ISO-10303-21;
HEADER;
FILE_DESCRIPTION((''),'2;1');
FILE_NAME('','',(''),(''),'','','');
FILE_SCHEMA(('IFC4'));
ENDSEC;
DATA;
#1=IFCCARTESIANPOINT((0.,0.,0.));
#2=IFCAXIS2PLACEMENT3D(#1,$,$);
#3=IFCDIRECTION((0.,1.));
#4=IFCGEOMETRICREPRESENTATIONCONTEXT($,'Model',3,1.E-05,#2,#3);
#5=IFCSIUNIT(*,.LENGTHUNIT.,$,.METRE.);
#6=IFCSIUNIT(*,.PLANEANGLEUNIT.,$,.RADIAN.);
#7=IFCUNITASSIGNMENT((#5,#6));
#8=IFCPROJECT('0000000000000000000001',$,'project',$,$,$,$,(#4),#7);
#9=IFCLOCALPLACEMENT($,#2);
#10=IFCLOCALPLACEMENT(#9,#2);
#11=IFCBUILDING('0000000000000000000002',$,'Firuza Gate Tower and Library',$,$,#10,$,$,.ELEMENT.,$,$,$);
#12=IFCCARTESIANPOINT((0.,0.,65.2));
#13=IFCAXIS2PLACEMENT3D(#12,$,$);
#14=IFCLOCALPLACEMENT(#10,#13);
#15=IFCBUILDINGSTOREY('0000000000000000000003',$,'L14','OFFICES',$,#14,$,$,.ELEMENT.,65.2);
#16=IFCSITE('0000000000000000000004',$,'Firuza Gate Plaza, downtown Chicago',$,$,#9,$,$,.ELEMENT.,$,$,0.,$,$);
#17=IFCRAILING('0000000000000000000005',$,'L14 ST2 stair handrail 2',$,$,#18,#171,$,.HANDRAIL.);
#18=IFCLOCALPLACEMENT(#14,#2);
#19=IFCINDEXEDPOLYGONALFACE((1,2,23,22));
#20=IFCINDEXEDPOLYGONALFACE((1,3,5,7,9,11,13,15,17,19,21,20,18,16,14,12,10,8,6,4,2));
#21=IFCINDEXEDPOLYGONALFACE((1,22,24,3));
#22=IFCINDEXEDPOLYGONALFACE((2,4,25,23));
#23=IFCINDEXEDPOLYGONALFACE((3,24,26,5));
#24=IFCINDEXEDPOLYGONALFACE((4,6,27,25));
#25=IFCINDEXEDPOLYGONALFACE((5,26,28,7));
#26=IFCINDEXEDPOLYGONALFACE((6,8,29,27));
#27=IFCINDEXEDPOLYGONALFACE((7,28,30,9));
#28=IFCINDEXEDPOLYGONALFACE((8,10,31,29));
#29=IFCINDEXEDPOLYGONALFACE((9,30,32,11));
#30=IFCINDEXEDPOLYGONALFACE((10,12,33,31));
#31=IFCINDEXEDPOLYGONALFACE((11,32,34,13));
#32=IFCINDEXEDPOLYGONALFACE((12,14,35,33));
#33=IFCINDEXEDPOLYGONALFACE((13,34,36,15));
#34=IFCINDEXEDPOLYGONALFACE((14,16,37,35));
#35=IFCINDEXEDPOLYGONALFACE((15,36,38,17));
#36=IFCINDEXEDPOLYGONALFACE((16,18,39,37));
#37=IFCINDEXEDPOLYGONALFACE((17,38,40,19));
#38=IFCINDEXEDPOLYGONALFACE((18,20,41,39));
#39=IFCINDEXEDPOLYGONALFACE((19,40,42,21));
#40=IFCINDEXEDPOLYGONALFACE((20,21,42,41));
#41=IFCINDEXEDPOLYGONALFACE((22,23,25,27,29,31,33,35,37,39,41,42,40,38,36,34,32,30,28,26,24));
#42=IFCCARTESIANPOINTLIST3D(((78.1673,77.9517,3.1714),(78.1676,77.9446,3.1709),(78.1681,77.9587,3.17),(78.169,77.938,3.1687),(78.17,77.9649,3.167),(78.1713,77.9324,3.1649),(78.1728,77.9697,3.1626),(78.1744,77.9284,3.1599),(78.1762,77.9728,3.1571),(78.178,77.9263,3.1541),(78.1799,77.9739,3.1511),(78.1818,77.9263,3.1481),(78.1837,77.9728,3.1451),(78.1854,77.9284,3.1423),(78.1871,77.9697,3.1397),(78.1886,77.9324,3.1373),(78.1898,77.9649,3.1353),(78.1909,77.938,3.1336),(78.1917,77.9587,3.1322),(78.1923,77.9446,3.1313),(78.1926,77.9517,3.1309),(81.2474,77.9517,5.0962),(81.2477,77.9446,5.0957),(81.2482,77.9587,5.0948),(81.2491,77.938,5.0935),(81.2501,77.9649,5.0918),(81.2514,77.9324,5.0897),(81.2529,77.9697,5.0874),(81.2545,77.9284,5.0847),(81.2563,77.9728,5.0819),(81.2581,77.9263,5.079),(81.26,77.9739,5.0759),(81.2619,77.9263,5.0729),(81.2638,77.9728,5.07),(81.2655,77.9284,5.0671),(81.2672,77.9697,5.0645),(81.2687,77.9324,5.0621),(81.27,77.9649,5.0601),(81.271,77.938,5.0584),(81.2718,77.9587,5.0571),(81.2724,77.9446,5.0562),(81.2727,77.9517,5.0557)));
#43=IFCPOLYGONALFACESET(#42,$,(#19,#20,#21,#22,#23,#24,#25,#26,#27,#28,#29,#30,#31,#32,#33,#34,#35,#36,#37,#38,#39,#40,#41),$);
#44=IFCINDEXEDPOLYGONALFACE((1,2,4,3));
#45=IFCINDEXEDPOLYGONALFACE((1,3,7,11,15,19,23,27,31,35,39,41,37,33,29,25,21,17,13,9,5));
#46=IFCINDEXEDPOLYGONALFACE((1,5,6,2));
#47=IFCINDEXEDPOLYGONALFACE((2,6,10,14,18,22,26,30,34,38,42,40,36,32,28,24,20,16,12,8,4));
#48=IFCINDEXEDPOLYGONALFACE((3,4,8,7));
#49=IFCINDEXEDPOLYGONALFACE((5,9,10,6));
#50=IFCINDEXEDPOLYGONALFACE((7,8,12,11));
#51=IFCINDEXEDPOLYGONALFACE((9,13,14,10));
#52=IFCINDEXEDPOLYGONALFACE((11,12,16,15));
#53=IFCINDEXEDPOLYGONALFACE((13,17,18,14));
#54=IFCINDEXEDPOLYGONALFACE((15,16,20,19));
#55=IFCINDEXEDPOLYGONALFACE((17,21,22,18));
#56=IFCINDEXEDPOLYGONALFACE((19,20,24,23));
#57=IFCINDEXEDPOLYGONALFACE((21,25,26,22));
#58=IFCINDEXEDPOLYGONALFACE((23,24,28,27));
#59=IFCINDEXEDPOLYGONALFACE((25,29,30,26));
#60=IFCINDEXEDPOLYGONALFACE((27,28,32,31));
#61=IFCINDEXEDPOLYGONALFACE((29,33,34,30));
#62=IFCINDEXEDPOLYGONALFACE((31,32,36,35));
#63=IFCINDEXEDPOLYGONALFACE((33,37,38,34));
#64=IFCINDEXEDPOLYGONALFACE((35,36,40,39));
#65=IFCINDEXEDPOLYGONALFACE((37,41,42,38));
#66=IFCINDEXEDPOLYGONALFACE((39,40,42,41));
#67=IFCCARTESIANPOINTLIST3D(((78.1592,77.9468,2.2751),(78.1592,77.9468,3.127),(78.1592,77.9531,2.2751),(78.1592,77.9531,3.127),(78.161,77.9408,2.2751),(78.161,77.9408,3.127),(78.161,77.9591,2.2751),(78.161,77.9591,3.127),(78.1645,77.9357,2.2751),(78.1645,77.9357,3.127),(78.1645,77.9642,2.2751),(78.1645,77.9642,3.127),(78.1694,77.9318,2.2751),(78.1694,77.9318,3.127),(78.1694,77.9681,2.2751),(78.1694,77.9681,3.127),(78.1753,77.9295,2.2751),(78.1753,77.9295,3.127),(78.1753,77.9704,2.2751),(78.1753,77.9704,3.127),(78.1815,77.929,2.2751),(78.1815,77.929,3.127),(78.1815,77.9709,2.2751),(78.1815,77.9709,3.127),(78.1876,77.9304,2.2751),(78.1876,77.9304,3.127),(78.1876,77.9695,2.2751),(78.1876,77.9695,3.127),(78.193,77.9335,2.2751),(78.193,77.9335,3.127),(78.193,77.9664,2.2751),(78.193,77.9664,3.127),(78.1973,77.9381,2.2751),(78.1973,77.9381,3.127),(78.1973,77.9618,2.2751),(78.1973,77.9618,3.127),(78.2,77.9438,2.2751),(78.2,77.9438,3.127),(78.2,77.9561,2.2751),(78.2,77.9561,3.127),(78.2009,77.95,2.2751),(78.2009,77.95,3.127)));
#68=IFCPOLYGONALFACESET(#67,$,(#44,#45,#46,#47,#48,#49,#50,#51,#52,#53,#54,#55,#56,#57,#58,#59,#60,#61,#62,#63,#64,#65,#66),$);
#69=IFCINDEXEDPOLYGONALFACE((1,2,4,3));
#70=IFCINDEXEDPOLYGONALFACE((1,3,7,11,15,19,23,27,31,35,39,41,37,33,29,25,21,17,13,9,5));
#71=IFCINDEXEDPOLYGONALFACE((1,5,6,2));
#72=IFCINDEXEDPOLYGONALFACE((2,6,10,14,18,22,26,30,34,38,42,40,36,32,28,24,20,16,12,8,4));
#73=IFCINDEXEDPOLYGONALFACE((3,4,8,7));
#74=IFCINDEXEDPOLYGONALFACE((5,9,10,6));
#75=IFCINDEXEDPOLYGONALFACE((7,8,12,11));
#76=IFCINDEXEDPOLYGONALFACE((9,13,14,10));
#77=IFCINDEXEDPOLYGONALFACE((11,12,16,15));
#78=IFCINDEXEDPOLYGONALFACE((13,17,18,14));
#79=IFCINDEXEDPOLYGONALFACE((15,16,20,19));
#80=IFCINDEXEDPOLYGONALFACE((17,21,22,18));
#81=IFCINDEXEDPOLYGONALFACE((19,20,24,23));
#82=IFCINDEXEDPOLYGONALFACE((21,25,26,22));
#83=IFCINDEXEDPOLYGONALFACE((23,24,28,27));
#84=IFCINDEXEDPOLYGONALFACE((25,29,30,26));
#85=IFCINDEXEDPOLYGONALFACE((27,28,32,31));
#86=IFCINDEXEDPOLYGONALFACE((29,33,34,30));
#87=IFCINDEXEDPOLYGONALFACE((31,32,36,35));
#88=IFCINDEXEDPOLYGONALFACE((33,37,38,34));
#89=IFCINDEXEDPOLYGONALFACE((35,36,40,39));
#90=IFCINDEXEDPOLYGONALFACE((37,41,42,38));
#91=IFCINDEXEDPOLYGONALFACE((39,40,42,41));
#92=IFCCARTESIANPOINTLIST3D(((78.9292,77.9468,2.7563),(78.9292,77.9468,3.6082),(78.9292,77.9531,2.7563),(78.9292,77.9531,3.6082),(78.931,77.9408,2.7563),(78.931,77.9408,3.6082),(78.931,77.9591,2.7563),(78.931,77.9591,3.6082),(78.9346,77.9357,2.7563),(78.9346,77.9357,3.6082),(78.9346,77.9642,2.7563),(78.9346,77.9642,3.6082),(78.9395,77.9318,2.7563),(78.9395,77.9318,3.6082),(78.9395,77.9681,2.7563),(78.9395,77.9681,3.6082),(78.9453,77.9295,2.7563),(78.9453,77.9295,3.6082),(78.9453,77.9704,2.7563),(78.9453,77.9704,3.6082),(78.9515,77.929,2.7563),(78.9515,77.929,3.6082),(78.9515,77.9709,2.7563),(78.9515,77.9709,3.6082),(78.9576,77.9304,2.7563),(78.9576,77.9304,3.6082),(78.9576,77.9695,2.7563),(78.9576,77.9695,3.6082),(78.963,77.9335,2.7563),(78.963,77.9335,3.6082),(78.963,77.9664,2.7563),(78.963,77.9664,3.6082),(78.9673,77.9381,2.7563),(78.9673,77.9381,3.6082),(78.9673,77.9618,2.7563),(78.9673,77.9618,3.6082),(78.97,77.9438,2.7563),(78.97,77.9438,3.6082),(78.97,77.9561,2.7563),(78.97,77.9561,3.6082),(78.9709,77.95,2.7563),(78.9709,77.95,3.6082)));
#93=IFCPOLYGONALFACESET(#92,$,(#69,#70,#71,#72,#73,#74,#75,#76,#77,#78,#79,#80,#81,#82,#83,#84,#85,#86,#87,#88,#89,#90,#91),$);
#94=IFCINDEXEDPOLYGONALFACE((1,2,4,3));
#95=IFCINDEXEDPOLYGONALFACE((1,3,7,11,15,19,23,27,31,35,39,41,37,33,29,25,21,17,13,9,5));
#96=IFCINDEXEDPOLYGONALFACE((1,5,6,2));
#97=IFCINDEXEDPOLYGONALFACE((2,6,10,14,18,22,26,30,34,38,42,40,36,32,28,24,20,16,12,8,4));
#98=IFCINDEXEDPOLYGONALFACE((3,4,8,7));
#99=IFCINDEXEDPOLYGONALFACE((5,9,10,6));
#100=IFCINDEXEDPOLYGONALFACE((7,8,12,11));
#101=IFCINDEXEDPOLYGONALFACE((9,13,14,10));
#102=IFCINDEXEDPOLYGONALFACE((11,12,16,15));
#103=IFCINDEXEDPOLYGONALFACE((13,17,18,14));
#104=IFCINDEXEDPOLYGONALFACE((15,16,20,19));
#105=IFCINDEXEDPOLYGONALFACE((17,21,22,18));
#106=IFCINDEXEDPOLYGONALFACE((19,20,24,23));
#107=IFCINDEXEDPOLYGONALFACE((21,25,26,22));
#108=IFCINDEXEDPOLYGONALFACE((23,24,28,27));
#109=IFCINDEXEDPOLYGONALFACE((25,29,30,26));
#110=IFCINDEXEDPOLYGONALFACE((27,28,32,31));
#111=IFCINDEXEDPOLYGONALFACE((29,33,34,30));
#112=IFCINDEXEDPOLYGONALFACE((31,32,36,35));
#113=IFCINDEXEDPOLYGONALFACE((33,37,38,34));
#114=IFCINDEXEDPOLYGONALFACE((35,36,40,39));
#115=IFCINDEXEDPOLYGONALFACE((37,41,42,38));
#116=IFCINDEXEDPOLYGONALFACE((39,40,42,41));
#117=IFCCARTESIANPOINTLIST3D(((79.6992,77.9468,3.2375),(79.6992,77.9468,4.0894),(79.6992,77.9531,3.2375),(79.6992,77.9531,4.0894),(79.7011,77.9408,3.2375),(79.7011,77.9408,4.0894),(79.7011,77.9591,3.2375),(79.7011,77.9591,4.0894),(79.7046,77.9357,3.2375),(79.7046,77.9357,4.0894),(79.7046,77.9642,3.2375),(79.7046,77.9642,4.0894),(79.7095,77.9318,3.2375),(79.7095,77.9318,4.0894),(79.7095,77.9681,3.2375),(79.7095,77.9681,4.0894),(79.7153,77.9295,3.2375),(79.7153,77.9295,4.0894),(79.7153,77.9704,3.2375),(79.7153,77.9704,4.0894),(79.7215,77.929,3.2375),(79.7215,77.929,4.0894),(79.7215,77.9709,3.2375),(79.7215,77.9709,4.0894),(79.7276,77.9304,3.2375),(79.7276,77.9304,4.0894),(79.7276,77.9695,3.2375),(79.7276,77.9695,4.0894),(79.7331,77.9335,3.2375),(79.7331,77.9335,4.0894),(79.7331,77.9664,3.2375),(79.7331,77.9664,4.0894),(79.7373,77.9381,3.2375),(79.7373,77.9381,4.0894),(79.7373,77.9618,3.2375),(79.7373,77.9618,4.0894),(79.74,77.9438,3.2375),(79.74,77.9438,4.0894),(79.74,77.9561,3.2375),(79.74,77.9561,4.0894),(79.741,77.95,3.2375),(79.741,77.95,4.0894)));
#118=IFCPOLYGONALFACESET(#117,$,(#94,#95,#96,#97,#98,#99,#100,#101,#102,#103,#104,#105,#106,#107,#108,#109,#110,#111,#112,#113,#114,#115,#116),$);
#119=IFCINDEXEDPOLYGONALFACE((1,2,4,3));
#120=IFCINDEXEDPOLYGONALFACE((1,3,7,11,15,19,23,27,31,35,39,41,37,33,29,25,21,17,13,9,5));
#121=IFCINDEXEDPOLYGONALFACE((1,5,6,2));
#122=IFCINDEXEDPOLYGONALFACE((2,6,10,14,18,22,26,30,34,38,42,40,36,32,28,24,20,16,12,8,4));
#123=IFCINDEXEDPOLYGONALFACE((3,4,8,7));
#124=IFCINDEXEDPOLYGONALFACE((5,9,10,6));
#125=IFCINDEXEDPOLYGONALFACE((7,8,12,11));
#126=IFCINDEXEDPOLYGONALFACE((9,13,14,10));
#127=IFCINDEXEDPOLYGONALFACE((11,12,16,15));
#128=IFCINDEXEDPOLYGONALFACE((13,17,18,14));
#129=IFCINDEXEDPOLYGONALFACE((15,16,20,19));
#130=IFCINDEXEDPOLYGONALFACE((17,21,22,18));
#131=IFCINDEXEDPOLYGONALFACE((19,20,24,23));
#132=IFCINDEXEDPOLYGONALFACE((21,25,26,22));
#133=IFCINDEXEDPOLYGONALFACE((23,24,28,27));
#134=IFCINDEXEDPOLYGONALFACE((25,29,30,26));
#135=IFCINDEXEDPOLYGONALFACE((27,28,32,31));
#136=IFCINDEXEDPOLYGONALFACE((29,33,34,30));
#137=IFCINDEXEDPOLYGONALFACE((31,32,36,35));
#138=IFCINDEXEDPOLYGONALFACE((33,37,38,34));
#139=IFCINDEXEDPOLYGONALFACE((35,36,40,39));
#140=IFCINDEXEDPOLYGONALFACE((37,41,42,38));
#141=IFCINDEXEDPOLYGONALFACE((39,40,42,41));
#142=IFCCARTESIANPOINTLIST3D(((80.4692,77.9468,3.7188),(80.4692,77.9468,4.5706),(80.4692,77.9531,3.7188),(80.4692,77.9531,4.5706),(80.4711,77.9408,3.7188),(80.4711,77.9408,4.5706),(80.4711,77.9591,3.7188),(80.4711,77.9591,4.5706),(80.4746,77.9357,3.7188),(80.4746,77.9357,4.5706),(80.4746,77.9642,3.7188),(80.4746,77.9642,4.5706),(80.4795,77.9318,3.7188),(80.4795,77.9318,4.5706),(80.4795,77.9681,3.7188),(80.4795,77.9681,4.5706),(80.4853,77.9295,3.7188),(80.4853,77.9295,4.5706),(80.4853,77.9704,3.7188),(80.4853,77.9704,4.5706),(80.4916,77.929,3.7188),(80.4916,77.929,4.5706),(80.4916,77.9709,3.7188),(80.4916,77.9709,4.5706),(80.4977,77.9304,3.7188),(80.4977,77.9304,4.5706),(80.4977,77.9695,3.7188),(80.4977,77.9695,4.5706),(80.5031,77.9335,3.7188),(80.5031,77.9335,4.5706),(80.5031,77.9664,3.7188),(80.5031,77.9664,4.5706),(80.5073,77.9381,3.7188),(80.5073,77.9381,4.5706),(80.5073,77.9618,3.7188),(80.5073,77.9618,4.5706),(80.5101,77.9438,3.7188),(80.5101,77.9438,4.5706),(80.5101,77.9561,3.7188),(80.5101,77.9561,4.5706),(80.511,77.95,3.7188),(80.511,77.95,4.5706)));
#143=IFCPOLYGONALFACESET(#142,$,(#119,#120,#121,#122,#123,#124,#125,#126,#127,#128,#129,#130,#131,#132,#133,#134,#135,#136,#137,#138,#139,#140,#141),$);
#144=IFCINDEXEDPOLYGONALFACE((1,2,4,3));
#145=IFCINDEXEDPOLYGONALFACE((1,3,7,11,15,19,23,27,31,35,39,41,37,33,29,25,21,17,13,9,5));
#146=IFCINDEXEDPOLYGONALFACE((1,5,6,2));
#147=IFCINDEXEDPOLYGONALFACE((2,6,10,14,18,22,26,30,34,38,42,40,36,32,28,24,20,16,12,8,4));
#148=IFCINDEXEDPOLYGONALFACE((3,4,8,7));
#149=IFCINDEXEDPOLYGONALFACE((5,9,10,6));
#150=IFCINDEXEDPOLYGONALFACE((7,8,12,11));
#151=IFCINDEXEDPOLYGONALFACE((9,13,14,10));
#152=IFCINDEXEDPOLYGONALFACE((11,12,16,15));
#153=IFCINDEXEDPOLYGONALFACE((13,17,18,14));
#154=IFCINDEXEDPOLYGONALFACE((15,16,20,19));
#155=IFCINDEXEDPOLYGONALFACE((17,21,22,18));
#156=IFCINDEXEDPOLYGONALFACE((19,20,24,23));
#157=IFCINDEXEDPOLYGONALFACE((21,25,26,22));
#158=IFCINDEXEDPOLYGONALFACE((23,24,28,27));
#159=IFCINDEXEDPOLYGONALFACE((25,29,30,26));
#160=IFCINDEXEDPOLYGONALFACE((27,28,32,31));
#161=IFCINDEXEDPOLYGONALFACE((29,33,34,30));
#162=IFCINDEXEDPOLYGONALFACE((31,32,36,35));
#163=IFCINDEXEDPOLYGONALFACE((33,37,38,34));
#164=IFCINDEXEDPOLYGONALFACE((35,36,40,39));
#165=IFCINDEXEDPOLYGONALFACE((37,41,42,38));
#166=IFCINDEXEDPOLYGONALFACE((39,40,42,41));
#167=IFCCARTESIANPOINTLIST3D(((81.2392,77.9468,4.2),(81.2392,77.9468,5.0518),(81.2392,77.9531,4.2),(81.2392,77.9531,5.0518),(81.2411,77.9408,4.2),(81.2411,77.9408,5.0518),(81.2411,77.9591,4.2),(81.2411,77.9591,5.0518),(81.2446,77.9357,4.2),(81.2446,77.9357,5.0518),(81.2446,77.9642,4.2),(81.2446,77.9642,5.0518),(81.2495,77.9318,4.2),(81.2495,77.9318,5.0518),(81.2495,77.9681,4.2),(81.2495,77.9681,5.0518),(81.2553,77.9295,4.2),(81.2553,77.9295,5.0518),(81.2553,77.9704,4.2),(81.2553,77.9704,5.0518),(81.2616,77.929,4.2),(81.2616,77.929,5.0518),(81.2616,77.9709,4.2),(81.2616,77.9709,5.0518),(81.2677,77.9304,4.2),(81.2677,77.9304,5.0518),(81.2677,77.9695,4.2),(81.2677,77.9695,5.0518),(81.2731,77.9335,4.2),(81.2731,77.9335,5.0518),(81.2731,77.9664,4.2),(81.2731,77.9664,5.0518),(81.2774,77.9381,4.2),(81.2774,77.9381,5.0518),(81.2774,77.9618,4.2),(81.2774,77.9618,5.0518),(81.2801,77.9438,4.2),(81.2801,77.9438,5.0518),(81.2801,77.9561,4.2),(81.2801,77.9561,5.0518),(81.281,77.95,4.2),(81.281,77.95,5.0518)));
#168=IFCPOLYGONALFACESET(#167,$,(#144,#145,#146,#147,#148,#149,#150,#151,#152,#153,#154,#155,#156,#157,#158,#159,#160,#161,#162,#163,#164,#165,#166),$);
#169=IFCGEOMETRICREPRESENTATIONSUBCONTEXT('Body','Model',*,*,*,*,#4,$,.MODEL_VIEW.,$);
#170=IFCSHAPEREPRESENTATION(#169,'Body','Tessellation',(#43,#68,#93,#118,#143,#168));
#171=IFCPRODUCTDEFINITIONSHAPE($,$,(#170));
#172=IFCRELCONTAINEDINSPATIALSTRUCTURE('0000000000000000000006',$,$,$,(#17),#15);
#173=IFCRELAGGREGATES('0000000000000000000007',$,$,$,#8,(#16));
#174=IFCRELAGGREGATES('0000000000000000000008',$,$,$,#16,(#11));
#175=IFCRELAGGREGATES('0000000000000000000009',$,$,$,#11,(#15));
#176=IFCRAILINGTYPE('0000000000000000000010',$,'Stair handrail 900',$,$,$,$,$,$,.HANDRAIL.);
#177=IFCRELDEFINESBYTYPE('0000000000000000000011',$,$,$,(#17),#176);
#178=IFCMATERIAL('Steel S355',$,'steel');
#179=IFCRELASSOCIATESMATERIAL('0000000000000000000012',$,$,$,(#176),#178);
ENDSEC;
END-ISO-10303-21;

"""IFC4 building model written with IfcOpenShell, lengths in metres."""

from ifc_helpers import new_model, si_unit, direction, frame, origin, origin_2d, place, context, subcontext, project, spatial, circle, extrude, material, type_object, element, save


model = new_model("IFC4")

# Units and contexts
model_context = context("Model", 3, precision=1e-05, world=origin(), true_north=direction((0.0, 1.0)))
body_context = subcontext(model_context, "Body", "Model", "MODEL_VIEW")
ifc_project = project(units=[si_unit("LENGTHUNIT", "METRE"), si_unit("PLANEANGLEUNIT", "RADIAN")], contexts=[model_context])

# Site, building, storey
site_placement = place(None, origin())
site = spatial("IfcSite", under=ifc_project, at=site_placement, Name="Firuza Gate Plaza, downtown Chicago", CompositionType="ELEMENT", RefElevation=0.0)
building_placement = place(site_placement, origin())
building = spatial("IfcBuilding", under=site, at=building_placement, Name="Firuza Gate Tower and Library", CompositionType="ELEMENT")
storey_placement = place(building_placement, frame((0.0, 0.0, 65.2)))
storey = spatial("IfcBuildingStorey", under=building, at=storey_placement, Name="L14", Description="OFFICES", CompositionType="ELEMENT", Elevation=65.2)

# Railing
ifc_material_1 = material(Name="Steel S355", Category="steel")
railing_type_1 = type_object("IfcRailingType", Name="Stair handrail 900", PredefinedType="HANDRAIL", material=ifc_material_1)
railing_1_placement = place(storey_placement, frame((78.1799, 77.95, 2.2751)))
element("IfcRailing", 1, at=railing_1_placement, inside=storey, type_object=railing_type_1, Name="L14 ST2 stair handrail 2", PredefinedType="HANDRAIL", context=body_context, shape_type="SweptSolid", body=[
    extrude(circle(Radius=0.0239, at=origin_2d()), frame((0.0, 0.0, 0.876), z_axis=(0.848029, 0.0, 0.529951), x_axis=(0.0, 1.0, 0.0)), (0.0, 0.0, 1.0), 3.6321),
    extrude(circle(Radius=0.021, at=origin_2d()), origin(), (0.0, 0.0, 1.0), 0.8518),
    extrude(circle(Radius=0.021, at=origin_2d()), frame((0.77, 0.0, 0.4812)), (0.0, 0.0, 1.0), 0.8518),
    extrude(circle(Radius=0.021, at=origin_2d()), frame((1.54, 0.0, 0.9624)), (0.0, 0.0, 1.0), 0.8518),
    extrude(circle(Radius=0.021, at=origin_2d()), frame((2.3101, 0.0, 1.4436)), (0.0, 0.0, 1.0), 0.8518),
    extrude(circle(Radius=0.021, at=origin_2d()), frame((3.0801, 0.0, 1.9248)), (0.0, 0.0, 1.0), 0.8518),
])

save(model, "model.ifc")
